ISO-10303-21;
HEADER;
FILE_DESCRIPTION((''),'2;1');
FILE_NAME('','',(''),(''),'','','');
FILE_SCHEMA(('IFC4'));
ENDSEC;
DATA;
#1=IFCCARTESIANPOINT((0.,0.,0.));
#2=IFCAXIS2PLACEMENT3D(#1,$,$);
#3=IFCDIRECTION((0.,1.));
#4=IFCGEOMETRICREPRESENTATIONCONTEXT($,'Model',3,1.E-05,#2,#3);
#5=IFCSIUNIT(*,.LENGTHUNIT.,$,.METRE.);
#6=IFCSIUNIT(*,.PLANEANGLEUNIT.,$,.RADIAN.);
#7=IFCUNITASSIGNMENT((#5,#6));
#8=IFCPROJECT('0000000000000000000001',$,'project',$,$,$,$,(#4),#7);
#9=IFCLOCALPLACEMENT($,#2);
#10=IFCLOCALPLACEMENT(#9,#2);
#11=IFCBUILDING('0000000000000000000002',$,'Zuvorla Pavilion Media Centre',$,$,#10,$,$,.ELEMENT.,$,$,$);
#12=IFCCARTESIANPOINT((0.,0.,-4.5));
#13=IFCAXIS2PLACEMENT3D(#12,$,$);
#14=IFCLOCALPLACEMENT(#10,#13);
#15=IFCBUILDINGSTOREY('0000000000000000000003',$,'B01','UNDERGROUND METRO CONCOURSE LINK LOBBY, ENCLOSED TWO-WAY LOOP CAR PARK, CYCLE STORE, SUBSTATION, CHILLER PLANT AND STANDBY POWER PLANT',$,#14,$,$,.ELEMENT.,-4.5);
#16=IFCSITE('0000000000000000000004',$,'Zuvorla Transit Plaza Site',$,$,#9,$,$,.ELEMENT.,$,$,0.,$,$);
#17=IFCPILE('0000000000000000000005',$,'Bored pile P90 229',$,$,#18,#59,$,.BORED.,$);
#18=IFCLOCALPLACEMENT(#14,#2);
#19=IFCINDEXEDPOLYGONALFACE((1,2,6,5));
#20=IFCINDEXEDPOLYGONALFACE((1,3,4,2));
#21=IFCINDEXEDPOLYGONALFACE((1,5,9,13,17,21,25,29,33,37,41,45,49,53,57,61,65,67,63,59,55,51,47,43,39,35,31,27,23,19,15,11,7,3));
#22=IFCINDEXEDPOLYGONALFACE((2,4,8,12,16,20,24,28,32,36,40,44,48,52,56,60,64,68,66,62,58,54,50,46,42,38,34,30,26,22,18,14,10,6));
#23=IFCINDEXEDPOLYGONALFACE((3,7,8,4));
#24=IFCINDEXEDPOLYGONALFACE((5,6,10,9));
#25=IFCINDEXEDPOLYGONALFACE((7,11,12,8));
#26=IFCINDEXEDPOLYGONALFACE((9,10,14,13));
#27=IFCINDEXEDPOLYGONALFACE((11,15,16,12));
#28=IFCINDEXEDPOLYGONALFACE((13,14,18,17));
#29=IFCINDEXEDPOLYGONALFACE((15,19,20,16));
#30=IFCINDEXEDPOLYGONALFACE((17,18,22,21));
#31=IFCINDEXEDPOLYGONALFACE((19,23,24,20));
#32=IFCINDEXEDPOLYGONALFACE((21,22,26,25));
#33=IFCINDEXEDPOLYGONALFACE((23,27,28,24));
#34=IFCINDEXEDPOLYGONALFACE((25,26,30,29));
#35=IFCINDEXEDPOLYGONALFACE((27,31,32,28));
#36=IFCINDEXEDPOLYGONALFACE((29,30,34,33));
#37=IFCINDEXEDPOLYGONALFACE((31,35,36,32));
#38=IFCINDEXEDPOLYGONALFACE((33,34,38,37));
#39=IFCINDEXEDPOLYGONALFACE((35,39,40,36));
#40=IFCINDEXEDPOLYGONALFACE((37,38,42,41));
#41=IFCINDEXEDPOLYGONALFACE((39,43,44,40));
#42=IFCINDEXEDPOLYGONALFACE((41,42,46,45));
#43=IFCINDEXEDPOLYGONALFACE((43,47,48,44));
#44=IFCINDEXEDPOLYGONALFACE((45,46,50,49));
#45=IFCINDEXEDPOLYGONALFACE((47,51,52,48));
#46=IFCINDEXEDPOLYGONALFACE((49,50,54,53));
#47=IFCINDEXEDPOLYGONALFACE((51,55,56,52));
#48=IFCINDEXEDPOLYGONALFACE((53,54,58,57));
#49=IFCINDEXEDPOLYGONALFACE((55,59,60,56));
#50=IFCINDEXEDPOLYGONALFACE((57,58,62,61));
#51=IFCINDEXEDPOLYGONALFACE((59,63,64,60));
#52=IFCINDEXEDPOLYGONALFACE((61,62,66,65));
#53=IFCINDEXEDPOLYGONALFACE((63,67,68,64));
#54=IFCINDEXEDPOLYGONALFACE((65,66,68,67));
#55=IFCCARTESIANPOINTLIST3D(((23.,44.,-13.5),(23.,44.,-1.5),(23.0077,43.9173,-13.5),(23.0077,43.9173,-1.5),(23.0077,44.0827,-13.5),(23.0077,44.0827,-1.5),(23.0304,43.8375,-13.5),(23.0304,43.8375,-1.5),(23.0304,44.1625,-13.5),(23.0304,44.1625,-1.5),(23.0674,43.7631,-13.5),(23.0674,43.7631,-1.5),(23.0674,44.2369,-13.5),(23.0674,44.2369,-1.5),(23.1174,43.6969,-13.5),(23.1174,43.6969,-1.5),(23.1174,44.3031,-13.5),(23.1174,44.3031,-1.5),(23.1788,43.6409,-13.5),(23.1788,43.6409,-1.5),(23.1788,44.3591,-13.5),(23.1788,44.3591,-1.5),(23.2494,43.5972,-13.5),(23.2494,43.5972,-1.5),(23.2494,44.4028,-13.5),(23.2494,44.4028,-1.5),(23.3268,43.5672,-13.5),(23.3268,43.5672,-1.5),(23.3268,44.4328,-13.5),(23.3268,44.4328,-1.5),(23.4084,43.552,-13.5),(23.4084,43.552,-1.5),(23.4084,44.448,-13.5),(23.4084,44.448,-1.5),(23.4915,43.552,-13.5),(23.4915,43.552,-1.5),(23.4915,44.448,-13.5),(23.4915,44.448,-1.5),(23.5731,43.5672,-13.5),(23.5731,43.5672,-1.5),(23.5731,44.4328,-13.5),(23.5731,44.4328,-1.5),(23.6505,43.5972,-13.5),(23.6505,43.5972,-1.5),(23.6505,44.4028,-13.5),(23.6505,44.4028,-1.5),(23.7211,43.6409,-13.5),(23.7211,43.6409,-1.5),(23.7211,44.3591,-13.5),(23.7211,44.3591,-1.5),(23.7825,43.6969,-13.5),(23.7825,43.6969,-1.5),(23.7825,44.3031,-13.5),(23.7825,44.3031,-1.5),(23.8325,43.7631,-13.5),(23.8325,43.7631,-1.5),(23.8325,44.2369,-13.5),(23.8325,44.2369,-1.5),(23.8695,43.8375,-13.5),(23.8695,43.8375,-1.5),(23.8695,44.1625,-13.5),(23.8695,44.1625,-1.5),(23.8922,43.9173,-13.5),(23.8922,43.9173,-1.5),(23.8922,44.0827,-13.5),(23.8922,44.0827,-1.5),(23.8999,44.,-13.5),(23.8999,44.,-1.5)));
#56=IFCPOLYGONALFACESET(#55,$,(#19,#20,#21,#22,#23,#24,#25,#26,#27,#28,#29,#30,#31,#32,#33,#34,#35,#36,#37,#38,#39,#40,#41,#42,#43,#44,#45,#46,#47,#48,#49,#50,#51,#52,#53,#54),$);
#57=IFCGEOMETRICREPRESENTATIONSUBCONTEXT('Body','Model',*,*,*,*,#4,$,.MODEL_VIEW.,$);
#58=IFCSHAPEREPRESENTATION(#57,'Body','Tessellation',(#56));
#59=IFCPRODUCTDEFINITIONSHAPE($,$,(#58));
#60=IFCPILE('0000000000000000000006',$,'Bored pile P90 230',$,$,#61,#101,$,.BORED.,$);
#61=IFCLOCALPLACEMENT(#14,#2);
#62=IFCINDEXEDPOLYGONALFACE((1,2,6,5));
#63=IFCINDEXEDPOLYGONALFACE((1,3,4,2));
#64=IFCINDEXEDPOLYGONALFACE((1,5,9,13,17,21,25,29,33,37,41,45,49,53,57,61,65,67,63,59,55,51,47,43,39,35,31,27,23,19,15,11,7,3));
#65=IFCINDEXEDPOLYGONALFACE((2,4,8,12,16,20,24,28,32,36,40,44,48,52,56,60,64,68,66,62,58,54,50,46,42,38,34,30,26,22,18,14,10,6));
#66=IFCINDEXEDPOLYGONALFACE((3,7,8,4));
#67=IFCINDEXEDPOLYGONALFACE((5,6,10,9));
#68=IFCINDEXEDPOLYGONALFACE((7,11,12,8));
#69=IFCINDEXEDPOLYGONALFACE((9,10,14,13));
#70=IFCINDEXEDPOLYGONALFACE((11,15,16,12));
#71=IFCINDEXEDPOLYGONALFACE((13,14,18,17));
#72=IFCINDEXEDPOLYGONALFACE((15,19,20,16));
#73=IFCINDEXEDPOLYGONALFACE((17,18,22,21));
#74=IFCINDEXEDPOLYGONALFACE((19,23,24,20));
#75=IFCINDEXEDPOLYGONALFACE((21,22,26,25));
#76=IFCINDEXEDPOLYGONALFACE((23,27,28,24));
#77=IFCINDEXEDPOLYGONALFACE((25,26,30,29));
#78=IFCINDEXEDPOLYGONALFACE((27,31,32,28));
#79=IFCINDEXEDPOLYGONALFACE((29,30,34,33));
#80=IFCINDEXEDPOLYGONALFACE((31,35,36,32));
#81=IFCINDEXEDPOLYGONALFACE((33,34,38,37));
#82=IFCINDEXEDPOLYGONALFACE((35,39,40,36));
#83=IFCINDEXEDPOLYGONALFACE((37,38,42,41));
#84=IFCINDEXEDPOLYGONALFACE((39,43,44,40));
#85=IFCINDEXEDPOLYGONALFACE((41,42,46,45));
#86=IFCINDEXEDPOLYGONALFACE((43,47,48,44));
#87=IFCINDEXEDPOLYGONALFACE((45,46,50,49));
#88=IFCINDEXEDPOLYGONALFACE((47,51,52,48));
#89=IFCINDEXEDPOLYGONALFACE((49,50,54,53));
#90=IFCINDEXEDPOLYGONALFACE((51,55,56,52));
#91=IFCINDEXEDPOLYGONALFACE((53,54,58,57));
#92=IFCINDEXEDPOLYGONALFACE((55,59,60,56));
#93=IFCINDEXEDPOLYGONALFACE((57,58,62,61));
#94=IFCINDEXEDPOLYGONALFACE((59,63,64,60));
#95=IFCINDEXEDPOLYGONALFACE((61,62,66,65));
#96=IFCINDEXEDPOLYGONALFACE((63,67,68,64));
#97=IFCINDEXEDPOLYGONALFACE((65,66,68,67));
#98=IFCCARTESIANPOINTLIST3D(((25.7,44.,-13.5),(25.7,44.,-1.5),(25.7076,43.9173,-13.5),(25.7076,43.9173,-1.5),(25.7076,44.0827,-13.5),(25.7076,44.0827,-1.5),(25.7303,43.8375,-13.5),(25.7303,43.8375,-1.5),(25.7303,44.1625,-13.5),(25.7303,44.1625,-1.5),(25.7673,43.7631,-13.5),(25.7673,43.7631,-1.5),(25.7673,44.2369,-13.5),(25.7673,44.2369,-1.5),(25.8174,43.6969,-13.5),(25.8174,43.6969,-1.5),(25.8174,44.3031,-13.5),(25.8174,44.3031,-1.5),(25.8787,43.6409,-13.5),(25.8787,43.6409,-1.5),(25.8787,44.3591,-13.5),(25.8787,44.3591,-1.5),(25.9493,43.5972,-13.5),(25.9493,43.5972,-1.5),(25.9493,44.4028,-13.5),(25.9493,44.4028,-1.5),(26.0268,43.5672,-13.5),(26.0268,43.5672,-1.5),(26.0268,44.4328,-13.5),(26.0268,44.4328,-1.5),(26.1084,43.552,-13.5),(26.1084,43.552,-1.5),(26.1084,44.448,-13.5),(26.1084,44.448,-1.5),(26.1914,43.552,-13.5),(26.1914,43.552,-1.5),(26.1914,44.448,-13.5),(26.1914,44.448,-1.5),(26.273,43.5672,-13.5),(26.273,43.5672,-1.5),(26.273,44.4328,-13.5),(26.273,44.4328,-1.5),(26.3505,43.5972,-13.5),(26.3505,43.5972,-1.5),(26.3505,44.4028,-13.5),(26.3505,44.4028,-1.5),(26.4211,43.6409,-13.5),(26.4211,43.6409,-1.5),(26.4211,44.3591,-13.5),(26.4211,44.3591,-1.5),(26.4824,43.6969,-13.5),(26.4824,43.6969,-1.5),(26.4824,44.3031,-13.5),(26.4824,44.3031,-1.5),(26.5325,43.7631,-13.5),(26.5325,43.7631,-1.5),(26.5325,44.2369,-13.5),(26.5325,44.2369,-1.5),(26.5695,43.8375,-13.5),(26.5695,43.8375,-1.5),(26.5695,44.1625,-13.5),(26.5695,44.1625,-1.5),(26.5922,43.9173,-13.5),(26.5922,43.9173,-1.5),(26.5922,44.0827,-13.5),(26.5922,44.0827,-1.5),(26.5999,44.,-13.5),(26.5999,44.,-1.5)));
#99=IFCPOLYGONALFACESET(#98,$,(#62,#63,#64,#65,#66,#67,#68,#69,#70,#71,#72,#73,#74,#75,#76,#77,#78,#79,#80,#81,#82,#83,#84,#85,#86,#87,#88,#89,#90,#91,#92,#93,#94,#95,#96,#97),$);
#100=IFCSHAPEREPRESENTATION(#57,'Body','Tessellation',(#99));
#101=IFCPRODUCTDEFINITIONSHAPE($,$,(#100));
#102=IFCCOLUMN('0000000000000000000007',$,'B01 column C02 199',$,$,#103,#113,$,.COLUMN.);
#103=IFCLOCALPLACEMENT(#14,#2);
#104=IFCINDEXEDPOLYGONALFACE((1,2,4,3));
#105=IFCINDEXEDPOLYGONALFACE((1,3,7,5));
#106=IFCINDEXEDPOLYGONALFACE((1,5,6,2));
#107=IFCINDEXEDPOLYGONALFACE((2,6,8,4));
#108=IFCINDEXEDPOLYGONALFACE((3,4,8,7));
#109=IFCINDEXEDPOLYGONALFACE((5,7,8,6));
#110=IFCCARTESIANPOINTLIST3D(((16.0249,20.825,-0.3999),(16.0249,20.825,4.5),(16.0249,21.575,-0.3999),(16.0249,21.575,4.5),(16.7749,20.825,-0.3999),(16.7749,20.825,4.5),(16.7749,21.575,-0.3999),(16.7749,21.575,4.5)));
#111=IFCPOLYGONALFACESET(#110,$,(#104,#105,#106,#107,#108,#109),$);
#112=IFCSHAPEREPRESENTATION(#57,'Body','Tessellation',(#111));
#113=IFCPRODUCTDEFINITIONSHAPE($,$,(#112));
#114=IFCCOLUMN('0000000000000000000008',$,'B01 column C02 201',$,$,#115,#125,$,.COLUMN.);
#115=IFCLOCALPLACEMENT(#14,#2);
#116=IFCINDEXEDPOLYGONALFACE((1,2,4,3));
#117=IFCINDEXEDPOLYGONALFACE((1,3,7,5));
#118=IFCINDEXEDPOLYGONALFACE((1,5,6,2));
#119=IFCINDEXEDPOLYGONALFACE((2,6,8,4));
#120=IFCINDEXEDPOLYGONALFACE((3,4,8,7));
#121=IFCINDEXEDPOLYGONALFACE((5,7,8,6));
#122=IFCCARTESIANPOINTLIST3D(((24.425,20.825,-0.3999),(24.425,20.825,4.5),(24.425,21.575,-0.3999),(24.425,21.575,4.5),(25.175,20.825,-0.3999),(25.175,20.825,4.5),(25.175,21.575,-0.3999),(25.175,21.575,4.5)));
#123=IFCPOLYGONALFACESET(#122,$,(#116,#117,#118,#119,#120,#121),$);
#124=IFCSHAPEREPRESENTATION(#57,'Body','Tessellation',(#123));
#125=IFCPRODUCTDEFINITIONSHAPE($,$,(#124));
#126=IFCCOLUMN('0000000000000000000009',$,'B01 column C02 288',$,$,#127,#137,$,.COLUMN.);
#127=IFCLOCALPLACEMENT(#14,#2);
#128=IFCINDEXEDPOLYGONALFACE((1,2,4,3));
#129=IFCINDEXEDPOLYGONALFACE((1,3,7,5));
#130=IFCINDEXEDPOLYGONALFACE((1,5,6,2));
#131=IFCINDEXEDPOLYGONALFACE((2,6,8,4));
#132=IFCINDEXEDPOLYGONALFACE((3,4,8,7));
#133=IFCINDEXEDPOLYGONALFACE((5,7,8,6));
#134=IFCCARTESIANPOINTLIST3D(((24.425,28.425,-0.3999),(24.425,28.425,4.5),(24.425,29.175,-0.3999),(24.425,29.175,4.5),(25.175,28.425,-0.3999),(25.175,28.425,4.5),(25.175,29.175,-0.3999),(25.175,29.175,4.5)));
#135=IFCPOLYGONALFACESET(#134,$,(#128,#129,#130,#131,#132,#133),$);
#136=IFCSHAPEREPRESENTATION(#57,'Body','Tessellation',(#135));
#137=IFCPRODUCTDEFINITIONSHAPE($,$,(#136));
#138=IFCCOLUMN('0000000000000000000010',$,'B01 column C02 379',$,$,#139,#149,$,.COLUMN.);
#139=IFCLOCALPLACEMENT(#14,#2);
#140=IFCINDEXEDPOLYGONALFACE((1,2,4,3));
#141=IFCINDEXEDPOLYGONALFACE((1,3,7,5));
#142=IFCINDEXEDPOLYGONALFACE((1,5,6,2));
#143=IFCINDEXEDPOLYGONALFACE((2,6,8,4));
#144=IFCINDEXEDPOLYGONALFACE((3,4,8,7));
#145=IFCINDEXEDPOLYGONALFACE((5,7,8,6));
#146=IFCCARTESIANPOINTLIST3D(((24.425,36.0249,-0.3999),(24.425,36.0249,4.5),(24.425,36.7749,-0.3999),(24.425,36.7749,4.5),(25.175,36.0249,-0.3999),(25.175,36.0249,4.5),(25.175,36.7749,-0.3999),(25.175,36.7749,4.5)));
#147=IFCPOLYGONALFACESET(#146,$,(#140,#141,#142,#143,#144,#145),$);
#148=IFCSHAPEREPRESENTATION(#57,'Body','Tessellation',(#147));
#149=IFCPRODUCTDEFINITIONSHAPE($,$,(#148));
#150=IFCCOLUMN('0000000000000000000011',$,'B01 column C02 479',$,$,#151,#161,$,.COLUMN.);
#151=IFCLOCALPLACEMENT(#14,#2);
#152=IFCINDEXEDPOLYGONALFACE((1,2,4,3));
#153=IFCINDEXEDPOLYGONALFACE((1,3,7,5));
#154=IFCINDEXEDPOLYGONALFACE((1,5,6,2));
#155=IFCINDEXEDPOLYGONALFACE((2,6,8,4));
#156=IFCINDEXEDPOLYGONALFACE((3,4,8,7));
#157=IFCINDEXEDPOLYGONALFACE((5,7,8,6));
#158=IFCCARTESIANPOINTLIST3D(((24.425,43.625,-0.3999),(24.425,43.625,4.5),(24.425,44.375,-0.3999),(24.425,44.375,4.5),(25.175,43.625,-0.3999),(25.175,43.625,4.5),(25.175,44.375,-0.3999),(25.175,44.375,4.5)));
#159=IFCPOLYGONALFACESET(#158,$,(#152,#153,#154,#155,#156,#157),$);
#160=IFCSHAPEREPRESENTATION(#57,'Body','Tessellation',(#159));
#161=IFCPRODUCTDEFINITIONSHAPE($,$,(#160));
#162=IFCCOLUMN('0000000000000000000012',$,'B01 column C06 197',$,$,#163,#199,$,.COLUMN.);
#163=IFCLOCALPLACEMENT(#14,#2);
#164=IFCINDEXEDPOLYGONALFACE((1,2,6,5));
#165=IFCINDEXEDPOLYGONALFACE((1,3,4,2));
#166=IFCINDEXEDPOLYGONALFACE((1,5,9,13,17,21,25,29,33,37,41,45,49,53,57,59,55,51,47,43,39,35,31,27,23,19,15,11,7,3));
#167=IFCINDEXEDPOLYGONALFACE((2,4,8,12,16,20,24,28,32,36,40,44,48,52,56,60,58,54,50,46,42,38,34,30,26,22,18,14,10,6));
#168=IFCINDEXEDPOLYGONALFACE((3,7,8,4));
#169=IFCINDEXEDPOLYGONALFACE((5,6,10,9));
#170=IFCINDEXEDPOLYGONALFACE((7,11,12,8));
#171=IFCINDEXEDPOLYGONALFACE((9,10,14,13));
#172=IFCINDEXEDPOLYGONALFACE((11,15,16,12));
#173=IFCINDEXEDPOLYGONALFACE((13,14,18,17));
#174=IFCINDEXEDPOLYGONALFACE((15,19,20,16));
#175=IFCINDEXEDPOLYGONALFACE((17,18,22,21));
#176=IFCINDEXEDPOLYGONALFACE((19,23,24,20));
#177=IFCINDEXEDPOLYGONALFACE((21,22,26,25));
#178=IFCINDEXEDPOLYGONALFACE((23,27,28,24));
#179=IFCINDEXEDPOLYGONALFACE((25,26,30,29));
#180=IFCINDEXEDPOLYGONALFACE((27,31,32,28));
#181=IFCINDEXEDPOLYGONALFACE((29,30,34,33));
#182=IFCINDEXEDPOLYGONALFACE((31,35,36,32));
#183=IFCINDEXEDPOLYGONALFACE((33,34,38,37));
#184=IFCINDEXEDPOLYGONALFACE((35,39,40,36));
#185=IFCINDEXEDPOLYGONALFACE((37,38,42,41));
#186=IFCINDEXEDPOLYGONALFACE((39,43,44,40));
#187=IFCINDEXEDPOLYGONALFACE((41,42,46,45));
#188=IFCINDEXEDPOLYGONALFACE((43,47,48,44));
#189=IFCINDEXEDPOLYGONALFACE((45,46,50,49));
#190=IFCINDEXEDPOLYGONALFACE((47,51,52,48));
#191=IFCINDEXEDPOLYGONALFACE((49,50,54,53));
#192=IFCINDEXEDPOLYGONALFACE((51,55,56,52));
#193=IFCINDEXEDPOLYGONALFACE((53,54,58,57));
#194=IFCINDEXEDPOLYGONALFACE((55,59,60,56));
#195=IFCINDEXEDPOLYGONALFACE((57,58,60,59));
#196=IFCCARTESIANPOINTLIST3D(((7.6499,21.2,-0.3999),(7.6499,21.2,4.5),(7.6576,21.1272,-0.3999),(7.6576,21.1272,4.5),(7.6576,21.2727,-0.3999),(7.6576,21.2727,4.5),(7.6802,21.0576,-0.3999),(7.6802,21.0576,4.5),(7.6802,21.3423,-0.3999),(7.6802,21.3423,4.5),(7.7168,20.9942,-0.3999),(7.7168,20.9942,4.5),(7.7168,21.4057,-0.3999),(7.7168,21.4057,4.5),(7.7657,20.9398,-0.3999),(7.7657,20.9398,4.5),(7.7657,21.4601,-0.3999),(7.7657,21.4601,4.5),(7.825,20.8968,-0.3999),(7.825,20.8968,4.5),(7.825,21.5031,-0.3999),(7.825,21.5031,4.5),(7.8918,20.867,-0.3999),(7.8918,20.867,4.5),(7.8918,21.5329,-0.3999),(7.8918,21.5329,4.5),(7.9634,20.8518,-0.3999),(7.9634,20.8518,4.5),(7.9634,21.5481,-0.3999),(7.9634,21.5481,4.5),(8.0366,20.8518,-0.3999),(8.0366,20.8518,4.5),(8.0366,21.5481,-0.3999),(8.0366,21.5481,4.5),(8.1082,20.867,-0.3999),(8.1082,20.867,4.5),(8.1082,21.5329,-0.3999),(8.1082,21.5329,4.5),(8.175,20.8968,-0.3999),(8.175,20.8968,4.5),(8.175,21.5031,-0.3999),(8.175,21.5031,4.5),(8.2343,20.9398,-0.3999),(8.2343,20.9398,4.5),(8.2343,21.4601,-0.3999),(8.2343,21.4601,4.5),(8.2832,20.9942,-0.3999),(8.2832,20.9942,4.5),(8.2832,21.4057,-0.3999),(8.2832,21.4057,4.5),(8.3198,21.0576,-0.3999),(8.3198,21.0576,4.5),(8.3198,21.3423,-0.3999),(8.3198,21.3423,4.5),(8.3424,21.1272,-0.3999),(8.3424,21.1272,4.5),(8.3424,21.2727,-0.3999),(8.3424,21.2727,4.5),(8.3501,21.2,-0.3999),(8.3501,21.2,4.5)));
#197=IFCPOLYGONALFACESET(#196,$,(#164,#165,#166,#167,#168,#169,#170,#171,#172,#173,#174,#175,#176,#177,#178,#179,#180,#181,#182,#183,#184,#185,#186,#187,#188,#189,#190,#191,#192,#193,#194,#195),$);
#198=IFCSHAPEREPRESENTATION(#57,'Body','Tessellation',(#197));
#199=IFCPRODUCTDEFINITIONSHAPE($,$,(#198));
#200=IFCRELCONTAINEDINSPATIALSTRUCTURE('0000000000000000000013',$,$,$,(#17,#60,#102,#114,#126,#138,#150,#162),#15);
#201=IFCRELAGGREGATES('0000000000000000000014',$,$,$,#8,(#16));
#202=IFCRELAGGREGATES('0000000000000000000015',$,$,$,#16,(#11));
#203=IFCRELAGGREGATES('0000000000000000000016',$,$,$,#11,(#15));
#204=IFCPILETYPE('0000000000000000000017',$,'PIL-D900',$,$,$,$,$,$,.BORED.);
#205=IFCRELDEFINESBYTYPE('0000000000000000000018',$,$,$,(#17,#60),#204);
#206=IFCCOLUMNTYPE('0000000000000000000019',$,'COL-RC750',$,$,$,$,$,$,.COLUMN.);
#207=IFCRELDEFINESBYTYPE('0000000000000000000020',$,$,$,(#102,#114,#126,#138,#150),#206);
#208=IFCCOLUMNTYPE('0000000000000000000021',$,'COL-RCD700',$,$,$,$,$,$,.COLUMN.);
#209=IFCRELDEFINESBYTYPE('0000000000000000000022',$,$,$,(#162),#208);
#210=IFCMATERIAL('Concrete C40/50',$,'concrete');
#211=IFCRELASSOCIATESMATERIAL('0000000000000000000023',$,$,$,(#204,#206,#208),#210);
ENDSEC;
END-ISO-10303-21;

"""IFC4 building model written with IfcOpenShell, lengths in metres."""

from ifc_helpers import new_model, si_unit, direction, frame, origin, origin_2d, place, context, subcontext, project, spatial, rectangle, circle, extrude, material, material_profile, profile_set, type_object, element, save


model = new_model("IFC4")

# Units and contexts
model_context = context("Model", 3, precision=1e-05, world=origin(), true_north=direction((0.0, 1.0)))
body_context = subcontext(model_context, "Body", "Model", "MODEL_VIEW")
ifc_project = project(units=[si_unit("LENGTHUNIT", "METRE"), si_unit("PLANEANGLEUNIT", "RADIAN")], contexts=[model_context])

# Site, building, storey
site_placement = place(None, origin())
site = spatial("IfcSite", under=ifc_project, at=site_placement, Name="Zuvorla Transit Plaza Site", CompositionType="ELEMENT", RefElevation=0.0)
building_placement = place(site_placement, origin())
building = spatial("IfcBuilding", under=site, at=building_placement, Name="Zuvorla Pavilion Media Centre", CompositionType="ELEMENT")
storey_placement = place(building_placement, frame((0.0, 0.0, -4.5)))
storey = spatial("IfcBuildingStorey", under=building, at=storey_placement, Name="B01", Description="UNDERGROUND METRO CONCOURSE LINK LOBBY, ENCLOSED TWO-WAY LOOP CAR PARK, CYCLE STORE, SUBSTATION, CHILLER PLANT AND STANDBY POWER PLANT", CompositionType="ELEMENT", Elevation=-4.5)

# Shared definitions
ifc_material = material(Name="Concrete C40/50", Category="concrete")

# Piles
ifc_material_profile_1 = material_profile(ifc_material, circle(Radius=0.45, at=origin_2d()), Name="BORED PILE 900")
ifc_profile_set_1 = profile_set([ifc_material_profile_1], Name="Concrete C40/50")
pile_type_1 = type_object("IfcPileType", Name="PIL-D900", PredefinedType="BORED", material=ifc_profile_set_1)
for number, where, z_axis, x_axis, name in (
    (1, (23.45, 44.0, -1.5), (0.0, 0.0, -1.0), (1.0, 0.0, 0.0), "Bored pile P90 229"),
    (2, (26.1499, 44.0, -1.5), (0.0, 0.0, -1.0), (1.0, 0.0, 0.0), "Bored pile P90 230"),
):
    element("IfcPile", number, at=place(storey_placement, frame(where, z_axis=z_axis, x_axis=x_axis)), inside=storey, type_object=pile_type_1, Name=name, PredefinedType="BORED", context=body_context, shape_type="SweptSolid", body=[
        extrude(circle(Radius=0.45, at=origin_2d()), origin(), (0.0, 0.0, 1.0), 12.0),
    ])

# Columns
ifc_material_profile_2 = material_profile(ifc_material, rectangle(XDim=0.75, YDim=0.75, at=origin_2d()), Name="RC 750x750")
ifc_profile_set_2 = profile_set([ifc_material_profile_2], Name="Concrete C40/50")
column_type_1 = type_object("IfcColumnType", Name="COL-RC750", PredefinedType="COLUMN", material=ifc_profile_set_2)
for number, where, z_axis, x_axis, name in (
    (3, (16.3999, 21.2, -0.3999), (0.0, 0.0, 1.0), (1.0, 0.0, 0.0), "B01 column C02 199"),
    (4, (24.8, 21.2, -0.3999), (0.0, 0.0, 1.0), (1.0, 0.0, 0.0), "B01 column C02 201"),
    (5, (24.8, 28.8, -0.3999), (0.0, 0.0, 1.0), (1.0, 0.0, 0.0), "B01 column C02 288"),
    (6, (24.8, 36.3999, -0.3999), (0.0, 0.0, 1.0), (1.0, 0.0, 0.0), "B01 column C02 379"),
    (7, (24.8, 44.0, -0.3999), (0.0, 0.0, 1.0), (1.0, 0.0, 0.0), "B01 column C02 479"),
):
    element("IfcColumn", number, at=place(storey_placement, frame(where, z_axis=z_axis, x_axis=x_axis)), inside=storey, type_object=column_type_1, Name=name, PredefinedType="COLUMN", context=body_context, shape_type="SweptSolid", body=[
        extrude(rectangle(XDim=0.75, YDim=0.75, at=origin_2d()), origin(), (0.0, 0.0, 1.0), 4.8999),
    ])
ifc_material_profile_3 = material_profile(ifc_material, circle(Radius=0.3501, at=origin_2d()), Name="RC D700")
ifc_profile_set_3 = profile_set([ifc_material_profile_3], Name="Concrete C40/50")
column_type_2 = type_object("IfcColumnType", Name="COL-RCD700", PredefinedType="COLUMN", material=ifc_profile_set_3)
column_placement = place(storey_placement, frame((8.0, 21.2, -0.3999), z_axis=(0.0, 0.0, 1.0), x_axis=(1.0, 0.0, 0.0)))
element("IfcColumn", 8, at=column_placement, inside=storey, type_object=column_type_2, Name="B01 column C06 197", PredefinedType="COLUMN", context=body_context, shape_type="SweptSolid", body=[
    extrude(circle(Radius=0.3501, at=origin_2d()), origin(), (0.0, 0.0, 1.0), 4.8999),
])

save(model, "model.ifc")
